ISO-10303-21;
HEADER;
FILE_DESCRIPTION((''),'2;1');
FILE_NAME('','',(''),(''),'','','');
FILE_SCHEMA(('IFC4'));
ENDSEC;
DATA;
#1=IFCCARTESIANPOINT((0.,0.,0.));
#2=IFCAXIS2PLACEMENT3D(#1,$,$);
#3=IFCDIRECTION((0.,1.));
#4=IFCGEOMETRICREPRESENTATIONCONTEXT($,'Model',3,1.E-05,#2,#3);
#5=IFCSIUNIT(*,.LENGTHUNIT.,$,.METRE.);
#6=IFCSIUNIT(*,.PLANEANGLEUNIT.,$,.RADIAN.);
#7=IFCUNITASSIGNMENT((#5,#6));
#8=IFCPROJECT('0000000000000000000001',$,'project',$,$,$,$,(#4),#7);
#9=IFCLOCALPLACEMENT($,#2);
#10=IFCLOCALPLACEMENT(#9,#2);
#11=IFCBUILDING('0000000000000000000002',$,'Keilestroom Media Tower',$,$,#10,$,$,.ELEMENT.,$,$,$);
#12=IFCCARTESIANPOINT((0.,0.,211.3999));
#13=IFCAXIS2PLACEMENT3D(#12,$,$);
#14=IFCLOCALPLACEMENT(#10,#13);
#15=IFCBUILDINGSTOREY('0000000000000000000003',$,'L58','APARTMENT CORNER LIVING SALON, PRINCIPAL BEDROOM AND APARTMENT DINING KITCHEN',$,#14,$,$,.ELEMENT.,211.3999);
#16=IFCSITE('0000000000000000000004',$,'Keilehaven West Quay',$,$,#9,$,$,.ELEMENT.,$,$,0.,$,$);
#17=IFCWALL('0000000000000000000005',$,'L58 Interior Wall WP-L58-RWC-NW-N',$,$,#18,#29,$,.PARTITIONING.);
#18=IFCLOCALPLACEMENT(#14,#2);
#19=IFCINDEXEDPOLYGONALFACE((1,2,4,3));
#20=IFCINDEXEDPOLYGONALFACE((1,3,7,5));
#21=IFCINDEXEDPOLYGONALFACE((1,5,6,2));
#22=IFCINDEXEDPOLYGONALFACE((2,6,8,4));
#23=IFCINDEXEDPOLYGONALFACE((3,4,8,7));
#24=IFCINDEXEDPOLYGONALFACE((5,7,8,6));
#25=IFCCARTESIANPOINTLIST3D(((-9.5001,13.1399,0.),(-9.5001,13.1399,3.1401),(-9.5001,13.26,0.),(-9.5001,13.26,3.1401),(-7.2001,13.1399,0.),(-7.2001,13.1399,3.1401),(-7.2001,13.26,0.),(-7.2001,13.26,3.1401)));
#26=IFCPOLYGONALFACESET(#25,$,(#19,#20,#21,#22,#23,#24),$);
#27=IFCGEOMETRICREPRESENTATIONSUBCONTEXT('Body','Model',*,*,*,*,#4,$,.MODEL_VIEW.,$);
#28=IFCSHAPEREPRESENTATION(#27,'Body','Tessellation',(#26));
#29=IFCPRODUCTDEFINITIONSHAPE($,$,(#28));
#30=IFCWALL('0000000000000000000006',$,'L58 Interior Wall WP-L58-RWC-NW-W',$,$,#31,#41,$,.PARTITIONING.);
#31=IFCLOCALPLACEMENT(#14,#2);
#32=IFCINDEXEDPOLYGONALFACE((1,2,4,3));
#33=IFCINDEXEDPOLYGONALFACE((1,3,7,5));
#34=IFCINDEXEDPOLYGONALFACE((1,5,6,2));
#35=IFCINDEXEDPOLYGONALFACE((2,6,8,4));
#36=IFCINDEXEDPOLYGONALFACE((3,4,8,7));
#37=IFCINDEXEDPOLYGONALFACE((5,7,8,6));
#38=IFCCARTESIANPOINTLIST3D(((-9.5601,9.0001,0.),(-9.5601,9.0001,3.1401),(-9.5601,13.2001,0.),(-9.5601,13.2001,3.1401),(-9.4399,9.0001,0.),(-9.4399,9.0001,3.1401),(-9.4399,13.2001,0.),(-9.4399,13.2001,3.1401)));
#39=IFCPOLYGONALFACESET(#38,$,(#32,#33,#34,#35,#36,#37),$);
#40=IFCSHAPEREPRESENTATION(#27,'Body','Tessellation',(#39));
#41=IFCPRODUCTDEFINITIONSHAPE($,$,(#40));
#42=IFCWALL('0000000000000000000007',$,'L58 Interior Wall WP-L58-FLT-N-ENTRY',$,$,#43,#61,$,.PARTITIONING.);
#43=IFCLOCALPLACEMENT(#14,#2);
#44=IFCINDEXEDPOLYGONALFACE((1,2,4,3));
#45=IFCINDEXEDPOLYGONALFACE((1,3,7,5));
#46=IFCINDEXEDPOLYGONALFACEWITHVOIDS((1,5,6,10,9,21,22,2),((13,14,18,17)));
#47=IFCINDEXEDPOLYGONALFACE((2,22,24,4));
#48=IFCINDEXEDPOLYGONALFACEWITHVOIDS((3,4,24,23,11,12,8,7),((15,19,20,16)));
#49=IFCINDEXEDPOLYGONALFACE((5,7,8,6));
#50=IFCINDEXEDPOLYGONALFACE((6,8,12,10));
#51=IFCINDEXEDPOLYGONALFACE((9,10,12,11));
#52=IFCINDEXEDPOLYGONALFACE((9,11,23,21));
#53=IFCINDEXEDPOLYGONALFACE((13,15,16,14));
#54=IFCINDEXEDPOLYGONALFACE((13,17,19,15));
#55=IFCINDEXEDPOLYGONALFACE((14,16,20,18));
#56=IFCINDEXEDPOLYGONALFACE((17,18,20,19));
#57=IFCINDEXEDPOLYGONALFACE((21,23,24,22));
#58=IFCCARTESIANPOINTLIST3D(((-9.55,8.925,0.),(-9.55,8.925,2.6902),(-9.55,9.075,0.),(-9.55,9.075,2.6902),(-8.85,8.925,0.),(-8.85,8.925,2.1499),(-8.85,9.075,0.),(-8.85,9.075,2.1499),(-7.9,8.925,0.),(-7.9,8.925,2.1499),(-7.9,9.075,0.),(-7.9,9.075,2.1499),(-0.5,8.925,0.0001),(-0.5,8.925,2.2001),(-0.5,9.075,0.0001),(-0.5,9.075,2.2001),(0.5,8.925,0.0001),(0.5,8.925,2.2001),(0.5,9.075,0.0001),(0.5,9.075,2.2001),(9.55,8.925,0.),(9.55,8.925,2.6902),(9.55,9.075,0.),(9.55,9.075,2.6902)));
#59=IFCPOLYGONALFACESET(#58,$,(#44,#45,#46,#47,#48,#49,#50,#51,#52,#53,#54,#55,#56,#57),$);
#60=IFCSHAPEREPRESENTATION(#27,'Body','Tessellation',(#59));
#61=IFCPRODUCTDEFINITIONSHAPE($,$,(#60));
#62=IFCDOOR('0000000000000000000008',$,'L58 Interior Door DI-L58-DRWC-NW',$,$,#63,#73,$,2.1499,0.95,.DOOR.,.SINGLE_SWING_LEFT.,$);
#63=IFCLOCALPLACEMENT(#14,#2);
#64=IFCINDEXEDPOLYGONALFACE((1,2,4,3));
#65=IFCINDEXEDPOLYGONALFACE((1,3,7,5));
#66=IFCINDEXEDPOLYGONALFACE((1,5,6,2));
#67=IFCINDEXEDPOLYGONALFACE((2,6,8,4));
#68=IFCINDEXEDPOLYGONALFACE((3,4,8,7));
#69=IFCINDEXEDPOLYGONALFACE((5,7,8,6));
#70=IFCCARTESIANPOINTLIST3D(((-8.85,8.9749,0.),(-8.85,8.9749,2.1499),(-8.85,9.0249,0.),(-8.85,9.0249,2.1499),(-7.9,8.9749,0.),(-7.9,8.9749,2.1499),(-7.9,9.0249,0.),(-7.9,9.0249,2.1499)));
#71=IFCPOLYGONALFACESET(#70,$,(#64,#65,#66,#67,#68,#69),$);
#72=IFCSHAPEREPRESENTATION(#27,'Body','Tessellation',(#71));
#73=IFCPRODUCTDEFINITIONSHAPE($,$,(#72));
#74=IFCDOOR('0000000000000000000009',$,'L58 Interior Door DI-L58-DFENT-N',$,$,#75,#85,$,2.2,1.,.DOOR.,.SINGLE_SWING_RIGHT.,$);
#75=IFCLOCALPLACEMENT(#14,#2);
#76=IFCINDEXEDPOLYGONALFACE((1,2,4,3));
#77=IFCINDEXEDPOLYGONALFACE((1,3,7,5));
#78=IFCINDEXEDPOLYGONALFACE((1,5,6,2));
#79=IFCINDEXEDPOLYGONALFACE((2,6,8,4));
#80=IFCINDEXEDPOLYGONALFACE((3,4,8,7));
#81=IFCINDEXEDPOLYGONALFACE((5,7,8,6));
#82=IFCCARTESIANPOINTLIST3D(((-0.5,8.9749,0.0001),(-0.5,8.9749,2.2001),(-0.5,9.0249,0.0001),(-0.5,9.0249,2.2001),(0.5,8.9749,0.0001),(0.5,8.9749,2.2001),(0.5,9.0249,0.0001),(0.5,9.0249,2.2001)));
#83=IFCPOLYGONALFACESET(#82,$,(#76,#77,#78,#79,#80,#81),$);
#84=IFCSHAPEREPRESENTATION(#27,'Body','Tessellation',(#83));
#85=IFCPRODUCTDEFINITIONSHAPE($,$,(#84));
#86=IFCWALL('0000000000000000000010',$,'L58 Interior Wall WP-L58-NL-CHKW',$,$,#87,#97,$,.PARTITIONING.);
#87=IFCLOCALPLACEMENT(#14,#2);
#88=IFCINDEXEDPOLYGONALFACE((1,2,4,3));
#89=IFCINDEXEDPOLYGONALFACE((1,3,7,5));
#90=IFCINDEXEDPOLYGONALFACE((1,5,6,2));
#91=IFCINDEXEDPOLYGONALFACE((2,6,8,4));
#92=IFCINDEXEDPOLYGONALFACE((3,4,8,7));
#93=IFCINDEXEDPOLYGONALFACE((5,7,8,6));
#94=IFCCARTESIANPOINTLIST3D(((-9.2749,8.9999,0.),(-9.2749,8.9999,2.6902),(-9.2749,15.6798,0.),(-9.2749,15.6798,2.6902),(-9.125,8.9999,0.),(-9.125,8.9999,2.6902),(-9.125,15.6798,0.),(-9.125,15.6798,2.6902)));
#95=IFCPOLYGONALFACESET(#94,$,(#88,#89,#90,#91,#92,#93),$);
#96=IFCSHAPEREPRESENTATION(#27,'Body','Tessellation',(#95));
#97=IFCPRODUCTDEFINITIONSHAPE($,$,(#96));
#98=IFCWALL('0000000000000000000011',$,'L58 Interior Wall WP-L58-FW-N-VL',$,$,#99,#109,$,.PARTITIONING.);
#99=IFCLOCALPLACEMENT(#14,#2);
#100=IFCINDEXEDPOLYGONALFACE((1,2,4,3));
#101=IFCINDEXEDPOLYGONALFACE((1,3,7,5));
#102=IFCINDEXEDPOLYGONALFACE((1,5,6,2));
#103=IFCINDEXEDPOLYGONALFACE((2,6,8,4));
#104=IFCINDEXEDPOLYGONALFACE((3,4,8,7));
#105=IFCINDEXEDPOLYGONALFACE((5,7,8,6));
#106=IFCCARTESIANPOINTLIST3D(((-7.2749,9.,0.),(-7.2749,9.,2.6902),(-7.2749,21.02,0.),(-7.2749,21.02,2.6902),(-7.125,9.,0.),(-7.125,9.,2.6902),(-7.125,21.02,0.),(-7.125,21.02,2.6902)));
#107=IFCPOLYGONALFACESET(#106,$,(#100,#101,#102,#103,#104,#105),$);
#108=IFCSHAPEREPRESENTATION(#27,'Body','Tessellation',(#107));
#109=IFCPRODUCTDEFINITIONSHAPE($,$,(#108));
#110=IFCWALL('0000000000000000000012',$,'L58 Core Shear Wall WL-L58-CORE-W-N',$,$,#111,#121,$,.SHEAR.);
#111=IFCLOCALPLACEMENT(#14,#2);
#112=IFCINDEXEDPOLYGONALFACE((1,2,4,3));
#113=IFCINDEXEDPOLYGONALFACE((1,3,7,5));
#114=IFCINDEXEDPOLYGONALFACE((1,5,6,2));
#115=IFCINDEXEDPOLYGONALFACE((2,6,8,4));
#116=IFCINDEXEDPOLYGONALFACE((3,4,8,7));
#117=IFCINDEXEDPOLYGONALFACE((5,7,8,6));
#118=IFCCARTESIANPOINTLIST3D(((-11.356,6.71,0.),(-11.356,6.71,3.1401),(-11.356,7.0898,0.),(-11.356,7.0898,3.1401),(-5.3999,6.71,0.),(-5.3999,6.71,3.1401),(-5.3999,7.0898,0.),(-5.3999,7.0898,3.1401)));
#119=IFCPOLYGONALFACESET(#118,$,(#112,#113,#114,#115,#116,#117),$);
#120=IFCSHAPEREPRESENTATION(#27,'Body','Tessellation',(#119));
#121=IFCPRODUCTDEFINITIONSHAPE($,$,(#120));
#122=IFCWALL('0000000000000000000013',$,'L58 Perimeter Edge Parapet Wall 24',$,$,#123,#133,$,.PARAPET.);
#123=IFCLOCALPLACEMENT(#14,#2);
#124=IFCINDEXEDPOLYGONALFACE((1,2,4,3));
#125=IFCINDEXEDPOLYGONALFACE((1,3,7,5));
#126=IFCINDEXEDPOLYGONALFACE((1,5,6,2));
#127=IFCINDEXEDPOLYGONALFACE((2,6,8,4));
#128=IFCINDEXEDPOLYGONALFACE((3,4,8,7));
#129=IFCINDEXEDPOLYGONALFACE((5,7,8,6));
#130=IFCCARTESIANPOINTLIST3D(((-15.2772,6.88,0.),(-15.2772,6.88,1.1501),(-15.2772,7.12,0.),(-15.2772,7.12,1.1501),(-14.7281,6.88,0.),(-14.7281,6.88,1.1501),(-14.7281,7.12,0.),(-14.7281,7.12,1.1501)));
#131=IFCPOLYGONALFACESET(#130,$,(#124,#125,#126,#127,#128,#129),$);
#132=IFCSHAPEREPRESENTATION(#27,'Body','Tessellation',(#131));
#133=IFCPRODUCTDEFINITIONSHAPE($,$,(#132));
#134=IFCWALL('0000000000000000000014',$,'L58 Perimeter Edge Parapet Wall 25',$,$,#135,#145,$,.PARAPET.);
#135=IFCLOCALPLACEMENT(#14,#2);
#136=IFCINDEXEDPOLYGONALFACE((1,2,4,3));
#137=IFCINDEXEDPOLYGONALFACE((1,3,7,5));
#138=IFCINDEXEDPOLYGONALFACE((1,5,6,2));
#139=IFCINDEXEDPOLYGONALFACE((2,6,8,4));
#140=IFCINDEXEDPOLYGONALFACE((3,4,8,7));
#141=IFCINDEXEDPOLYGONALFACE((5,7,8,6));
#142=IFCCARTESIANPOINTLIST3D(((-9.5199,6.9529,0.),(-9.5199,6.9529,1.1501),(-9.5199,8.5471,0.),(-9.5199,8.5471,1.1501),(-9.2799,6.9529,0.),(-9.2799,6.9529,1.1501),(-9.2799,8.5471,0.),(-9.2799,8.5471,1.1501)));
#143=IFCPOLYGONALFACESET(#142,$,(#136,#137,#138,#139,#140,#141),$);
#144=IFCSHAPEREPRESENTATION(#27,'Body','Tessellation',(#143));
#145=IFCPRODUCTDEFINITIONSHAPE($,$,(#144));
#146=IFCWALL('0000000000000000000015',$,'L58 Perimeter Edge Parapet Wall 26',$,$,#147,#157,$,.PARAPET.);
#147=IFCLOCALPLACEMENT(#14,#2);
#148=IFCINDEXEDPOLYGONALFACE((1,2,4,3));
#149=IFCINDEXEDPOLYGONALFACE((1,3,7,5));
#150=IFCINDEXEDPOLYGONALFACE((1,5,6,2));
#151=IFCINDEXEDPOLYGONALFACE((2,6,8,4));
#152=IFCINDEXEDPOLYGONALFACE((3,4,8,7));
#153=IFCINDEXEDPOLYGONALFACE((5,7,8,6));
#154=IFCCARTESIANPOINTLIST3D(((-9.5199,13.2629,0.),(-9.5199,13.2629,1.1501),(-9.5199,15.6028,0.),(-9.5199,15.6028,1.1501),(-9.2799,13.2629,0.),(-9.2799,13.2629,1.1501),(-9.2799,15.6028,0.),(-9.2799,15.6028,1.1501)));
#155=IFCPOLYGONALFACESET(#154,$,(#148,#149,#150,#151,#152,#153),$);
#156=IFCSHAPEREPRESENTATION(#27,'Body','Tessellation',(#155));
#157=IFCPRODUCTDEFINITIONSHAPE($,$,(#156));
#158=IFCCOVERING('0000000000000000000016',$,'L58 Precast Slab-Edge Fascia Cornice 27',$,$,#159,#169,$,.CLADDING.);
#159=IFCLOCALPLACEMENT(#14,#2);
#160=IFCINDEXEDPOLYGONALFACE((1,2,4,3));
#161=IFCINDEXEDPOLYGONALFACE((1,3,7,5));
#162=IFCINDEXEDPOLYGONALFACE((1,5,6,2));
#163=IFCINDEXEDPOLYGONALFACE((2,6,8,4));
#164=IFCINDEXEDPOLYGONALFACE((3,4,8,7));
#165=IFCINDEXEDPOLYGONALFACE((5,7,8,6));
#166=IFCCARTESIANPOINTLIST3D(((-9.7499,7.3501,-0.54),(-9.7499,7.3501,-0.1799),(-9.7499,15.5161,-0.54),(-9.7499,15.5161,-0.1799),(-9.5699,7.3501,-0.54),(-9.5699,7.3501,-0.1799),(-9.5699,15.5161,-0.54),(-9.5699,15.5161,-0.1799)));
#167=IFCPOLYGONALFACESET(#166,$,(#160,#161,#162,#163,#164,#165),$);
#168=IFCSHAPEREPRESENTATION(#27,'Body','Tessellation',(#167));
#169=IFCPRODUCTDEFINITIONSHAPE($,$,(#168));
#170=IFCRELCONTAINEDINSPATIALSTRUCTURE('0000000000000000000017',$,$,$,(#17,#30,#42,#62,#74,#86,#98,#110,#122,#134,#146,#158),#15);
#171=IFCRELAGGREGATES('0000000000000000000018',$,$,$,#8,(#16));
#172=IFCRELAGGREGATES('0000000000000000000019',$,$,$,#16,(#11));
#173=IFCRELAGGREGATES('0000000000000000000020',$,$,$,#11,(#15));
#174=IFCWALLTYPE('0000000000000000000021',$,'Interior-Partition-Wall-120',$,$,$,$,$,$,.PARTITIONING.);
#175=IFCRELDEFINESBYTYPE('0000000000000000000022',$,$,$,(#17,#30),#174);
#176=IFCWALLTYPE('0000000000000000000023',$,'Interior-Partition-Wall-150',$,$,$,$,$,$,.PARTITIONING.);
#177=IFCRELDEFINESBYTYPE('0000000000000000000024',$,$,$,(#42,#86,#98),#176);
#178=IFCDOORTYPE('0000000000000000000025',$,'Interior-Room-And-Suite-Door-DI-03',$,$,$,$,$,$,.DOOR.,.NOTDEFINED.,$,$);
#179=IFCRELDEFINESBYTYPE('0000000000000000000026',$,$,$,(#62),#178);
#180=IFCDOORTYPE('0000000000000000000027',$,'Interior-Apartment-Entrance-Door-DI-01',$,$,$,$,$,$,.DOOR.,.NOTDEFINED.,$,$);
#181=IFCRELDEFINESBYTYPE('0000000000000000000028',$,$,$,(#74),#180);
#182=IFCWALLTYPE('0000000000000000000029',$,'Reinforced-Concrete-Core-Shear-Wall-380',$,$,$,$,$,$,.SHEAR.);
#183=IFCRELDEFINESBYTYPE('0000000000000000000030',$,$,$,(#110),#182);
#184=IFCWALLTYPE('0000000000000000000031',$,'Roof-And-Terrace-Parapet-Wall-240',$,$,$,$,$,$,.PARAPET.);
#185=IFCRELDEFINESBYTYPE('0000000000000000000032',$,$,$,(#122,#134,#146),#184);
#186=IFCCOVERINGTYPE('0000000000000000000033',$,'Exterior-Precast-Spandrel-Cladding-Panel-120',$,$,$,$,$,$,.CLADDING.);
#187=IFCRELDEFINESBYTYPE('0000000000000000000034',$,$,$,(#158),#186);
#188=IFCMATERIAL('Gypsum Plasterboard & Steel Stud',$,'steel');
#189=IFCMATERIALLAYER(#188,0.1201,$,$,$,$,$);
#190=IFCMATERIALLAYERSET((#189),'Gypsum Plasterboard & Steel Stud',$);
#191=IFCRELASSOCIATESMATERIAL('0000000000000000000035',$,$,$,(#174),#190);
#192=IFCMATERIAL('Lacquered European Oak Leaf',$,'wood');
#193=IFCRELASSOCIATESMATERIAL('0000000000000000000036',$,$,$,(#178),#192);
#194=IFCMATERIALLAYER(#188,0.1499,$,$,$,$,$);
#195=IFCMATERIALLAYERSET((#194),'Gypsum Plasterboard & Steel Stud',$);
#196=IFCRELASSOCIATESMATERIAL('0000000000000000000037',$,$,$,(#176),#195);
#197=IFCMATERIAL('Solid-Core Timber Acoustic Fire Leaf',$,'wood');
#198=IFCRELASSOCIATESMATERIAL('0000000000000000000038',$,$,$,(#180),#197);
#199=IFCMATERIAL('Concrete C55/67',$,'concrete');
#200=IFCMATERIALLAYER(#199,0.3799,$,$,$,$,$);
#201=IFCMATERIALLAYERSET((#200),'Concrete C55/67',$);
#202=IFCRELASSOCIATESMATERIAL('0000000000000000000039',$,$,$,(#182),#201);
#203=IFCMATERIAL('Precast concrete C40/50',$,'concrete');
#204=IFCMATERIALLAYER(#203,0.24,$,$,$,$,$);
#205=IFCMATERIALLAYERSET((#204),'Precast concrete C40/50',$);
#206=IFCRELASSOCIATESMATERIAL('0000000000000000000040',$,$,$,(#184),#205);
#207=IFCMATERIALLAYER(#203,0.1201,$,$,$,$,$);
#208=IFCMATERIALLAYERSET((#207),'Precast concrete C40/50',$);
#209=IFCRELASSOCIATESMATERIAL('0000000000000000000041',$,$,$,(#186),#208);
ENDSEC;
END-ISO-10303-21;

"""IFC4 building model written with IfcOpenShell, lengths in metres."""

from ifc_helpers import new_model, si_unit, direction, frame, frame_2d, origin, origin_2d, place, context, subcontext, project, spatial, rectangle, extrude, source, transform, mapped, material, layer, layer_set, type_object, element, fill, save


model = new_model("IFC4")

# Units and contexts
model_context = context("Model", 3, precision=1e-05, world=origin(), true_north=direction((0.0, 1.0)))
body_context = subcontext(model_context, "Body", "Model", "MODEL_VIEW")
ifc_project = project(units=[si_unit("LENGTHUNIT", "METRE"), si_unit("PLANEANGLEUNIT", "RADIAN")], contexts=[model_context])

# Site, building, storey
site_placement = place(None, origin())
site = spatial("IfcSite", under=ifc_project, at=site_placement, Name="Keilehaven West Quay", CompositionType="ELEMENT", RefElevation=0.0)
building_placement = place(site_placement, origin())
building = spatial("IfcBuilding", under=site, at=building_placement, Name="Keilestroom Media Tower", CompositionType="ELEMENT")
storey_placement = place(building_placement, frame((0.0, 0.0, 211.3999)))
storey = spatial("IfcBuildingStorey", under=building, at=storey_placement, Name="L58", Description="APARTMENT CORNER LIVING SALON, PRINCIPAL BEDROOM AND APARTMENT DINING KITCHEN", CompositionType="ELEMENT", Elevation=211.3999)

# Shared definitions
ifc_material_1 = material(Name="Precast concrete C40/50", Category="concrete")
ifc_material_2 = material(Name="Concrete C55/67", Category="concrete")

# Shared definitions
ifc_material_3 = material(Name="Gypsum Plasterboard & Steel Stud", Category="steel")
ifc_layer_1 = layer(ifc_material_3, 0.1201)
ifc_layer_set_1 = layer_set([ifc_layer_1], Name="Gypsum Plasterboard & Steel Stud")
wall_type_1 = type_object("IfcWallType", Name="Interior-Partition-Wall-120", PredefinedType="PARTITIONING", material=ifc_layer_set_1)
ifc_material_4 = material(Name="Lacquered European Oak Leaf", Category="wood")
door_type_1 = type_object("IfcDoorType", Name="Interior-Room-And-Suite-Door-DI-03", OperationType="NOTDEFINED", PredefinedType="DOOR", material=ifc_material_4)
shared_shape_1 = source(origin(), body_context, "Body", "SweptSolid", [
    extrude(rectangle(XDim=0.95, YDim=2.1499, at=frame_2d((0.4751, 1.075))), frame((0.0, 0.0249, 0.0), z_axis=(0.0, -1.0, 0.0), x_axis=(1.0, 0.0, 0.0)), (0.0, 0.0, 1.0), 0.05),
])

# Walls
wall_1_placement = place(storey_placement, frame((-9.5, 13.2, 0.0), z_axis=(0.0, 0.0, 1.0), x_axis=(1.0, 0.0, 0.0)))
element("IfcWall", 1, at=wall_1_placement, inside=storey, type_object=wall_type_1, Name="L58 Interior Wall WP-L58-RWC-NW-N", PredefinedType="PARTITIONING", context=body_context, shape_type="SweptSolid", body=[
    extrude(rectangle(XDim=2.3, YDim=0.1201, at=frame_2d((1.1499, 0.0))), origin(), (0.0, 0.0, 1.0), 3.1401),
])
wall_2_placement = place(storey_placement, frame((-9.5, 9.0, 0.0), z_axis=(0.0, 0.0, 1.0), x_axis=(0.0, 1.0, 0.0)))
element("IfcWall", 2, at=wall_2_placement, inside=storey, type_object=wall_type_1, Name="L58 Interior Wall WP-L58-RWC-NW-W", PredefinedType="PARTITIONING", context=body_context, shape_type="SweptSolid", body=[
    extrude(rectangle(XDim=4.2, YDim=0.1201, at=frame_2d((2.1001, 0.0))), origin(), (0.0, 0.0, 1.0), 3.1401),
])

# Wall, openings, doors
ifc_layer_2 = layer(ifc_material_3, 0.1499)
ifc_layer_set_2 = layer_set([ifc_layer_2], Name="Gypsum Plasterboard & Steel Stud")
wall_type_2 = type_object("IfcWallType", Name="Interior-Partition-Wall-150", PredefinedType="PARTITIONING", material=ifc_layer_set_2)
wall_3_placement = place(storey_placement, frame((-9.55, 9.0, 0.0), z_axis=(0.0, 0.0, 1.0), x_axis=(1.0, 0.0, 0.0)))
wall_3 = element("IfcWall", 3, at=wall_3_placement, inside=storey, type_object=wall_type_2, Name="L58 Interior Wall WP-L58-FLT-N-ENTRY", PredefinedType="PARTITIONING", context=body_context, shape_type="SweptSolid", body=[
    extrude(rectangle(XDim=19.1001, YDim=0.1499, at=frame_2d((9.55, 0.0))), origin(), (0.0, 0.0, 1.0), 2.6902),
])
opening_1_placement = place(wall_3_placement, frame((0.7, 0.0, 0.0)))
opening_1 = element("IfcOpeningElement", 4, at=opening_1_placement, cuts=wall_3, PredefinedType="OPENING", context=body_context, shape_type="SweptSolid", body=[
    extrude(rectangle(XDim=0.95, YDim=2.1499, at=frame_2d((0.4751, 1.075))), frame((0.0, 0.085, 0.0), z_axis=(0.0, -1.0, 0.0), x_axis=(1.0, 0.0, 0.0)), (0.0, 0.0, 1.0), 0.1699),
])
opening_2_placement = place(wall_3_placement, frame((9.05, 0.0, 0.0)))
opening_2 = element("IfcOpeningElement", 5, at=opening_2_placement, cuts=wall_3, PredefinedType="OPENING", context=body_context, shape_type="SweptSolid", body=[
    extrude(rectangle(XDim=1.0, YDim=2.2, at=frame_2d((0.5, 1.1001))), frame((0.0, 0.085, 0.0), z_axis=(0.0, -1.0, 0.0), x_axis=(1.0, 0.0, 0.0)), (0.0, 0.0, 1.0), 0.1699),
])
door_1_placement = place(opening_1_placement, origin())
door_1 = element("IfcDoor", 6, at=door_1_placement, inside=storey, type_object=door_type_1, Name="L58 Interior Door DI-L58-DRWC-NW", OperationType="SINGLE_SWING_LEFT", OverallHeight=2.1499, OverallWidth=0.95, PredefinedType="DOOR", context=body_context, shape_type="MappedRepresentation", body=[
    mapped(shared_shape_1, transform((0.0, 0.0, 0.0), x_axis=(1.0, 0.0, 0.0), y_axis=(0.0, 1.0, 0.0), z_axis=(0.0, 0.0, 1.0), scale=1.0)),
])
fill(opening_1, door_1)
ifc_material_5 = material(Name="Solid-Core Timber Acoustic Fire Leaf", Category="wood")
door_type_2 = type_object("IfcDoorType", Name="Interior-Apartment-Entrance-Door-DI-01", OperationType="NOTDEFINED", PredefinedType="DOOR", material=ifc_material_5)
shared_shape_2 = source(origin(), body_context, "Body", "SweptSolid", [
    extrude(rectangle(XDim=1.0, YDim=2.2, at=frame_2d((0.5, 1.1001))), frame((0.0, 0.0249, 0.0), z_axis=(0.0, -1.0, 0.0), x_axis=(1.0, 0.0, 0.0)), (0.0, 0.0, 1.0), 0.05),
])
door_2_placement = place(opening_2_placement, origin())
door_2 = element("IfcDoor", 7, at=door_2_placement, inside=storey, type_object=door_type_2, Name="L58 Interior Door DI-L58-DFENT-N", OperationType="SINGLE_SWING_RIGHT", OverallHeight=2.2, OverallWidth=1.0, PredefinedType="DOOR", context=body_context, shape_type="MappedRepresentation", body=[
    mapped(shared_shape_2, transform((0.0, 0.0, 0.0), x_axis=(1.0, 0.0, 0.0), y_axis=(0.0, 1.0, 0.0), z_axis=(0.0, 0.0, 1.0), scale=1.0)),
])
fill(opening_2, door_2)

# Walls
wall_4_placement = place(storey_placement, frame((-9.2, 9.0, 0.0), z_axis=(0.0, 0.0, 1.0), x_axis=(0.0, 1.0, 0.0)))
element("IfcWall", 8, at=wall_4_placement, inside=storey, type_object=wall_type_2, Name="L58 Interior Wall WP-L58-NL-CHKW", PredefinedType="PARTITIONING", context=body_context, shape_type="SweptSolid", body=[
    extrude(rectangle(XDim=6.6799, YDim=0.1499, at=frame_2d((3.3398, 0.0))), origin(), (0.0, 0.0, 1.0), 2.6902),
])
wall_5_placement = place(storey_placement, frame((-7.2, 9.0, 0.0), z_axis=(0.0, 0.0, 1.0), x_axis=(0.0, 1.0, 0.0)))
element("IfcWall", 9, at=wall_5_placement, inside=storey, type_object=wall_type_2, Name="L58 Interior Wall WP-L58-FW-N-VL", PredefinedType="PARTITIONING", context=body_context, shape_type="SweptSolid", body=[
    extrude(rectangle(XDim=12.02, YDim=0.1499, at=frame_2d((6.01, 0.0))), origin(), (0.0, 0.0, 1.0), 2.6902),
])
ifc_layer_3 = layer(ifc_material_2, 0.3799)
ifc_layer_set_3 = layer_set([ifc_layer_3], Name="Concrete C55/67")
wall_type_3 = type_object("IfcWallType", Name="Reinforced-Concrete-Core-Shear-Wall-380", PredefinedType="SHEAR", material=ifc_layer_set_3)
wall_6_placement = place(storey_placement, frame((-11.356, 6.8999, 0.0), z_axis=(0.0, 0.0, 1.0), x_axis=(1.0, 0.0, 0.0)))
element("IfcWall", 10, at=wall_6_placement, inside=storey, type_object=wall_type_3, Name="L58 Core Shear Wall WL-L58-CORE-W-N", PredefinedType="SHEAR", context=body_context, shape_type="SweptSolid", body=[
    extrude(rectangle(XDim=5.9561, YDim=0.3799, at=frame_2d((2.978, 0.0))), origin(), (0.0, 0.0, 1.0), 3.1401),
])
ifc_layer_4 = layer(ifc_material_1, 0.24)
ifc_layer_set_4 = layer_set([ifc_layer_4], Name="Precast concrete C40/50")
wall_type_4 = type_object("IfcWallType", Name="Roof-And-Terrace-Parapet-Wall-240", PredefinedType="PARAPET", material=ifc_layer_set_4)
wall_7_placement = place(storey_placement, frame((-15.2771, 7.0, 0.0), z_axis=(0.0, 0.0, 1.0), x_axis=(1.0, 0.0, 0.0)))
element("IfcWall", 11, at=wall_7_placement, inside=storey, type_object=wall_type_4, Name="L58 Perimeter Edge Parapet Wall 24", PredefinedType="PARAPET", context=body_context, shape_type="SweptSolid", body=[
    extrude(rectangle(XDim=0.5491, YDim=0.24, at=frame_2d((0.2744, 0.0))), origin(), (0.0, 0.0, 1.0), 1.1501),
])
wall_8_placement = place(storey_placement, frame((-9.3999, 6.9529, 0.0), z_axis=(0.0, 0.0, 1.0), x_axis=(0.0, 1.0, 0.0)))
element("IfcWall", 12, at=wall_8_placement, inside=storey, type_object=wall_type_4, Name="L58 Perimeter Edge Parapet Wall 25", PredefinedType="PARAPET", context=body_context, shape_type="SweptSolid", body=[
    extrude(rectangle(XDim=1.5942, YDim=0.24, at=frame_2d((0.7971, 0.0))), origin(), (0.0, 0.0, 1.0), 1.1501),
])
wall_9_placement = place(storey_placement, frame((-9.3999, 13.2629, 0.0), z_axis=(0.0, 0.0, 1.0), x_axis=(0.0, 1.0, 0.0)))
element("IfcWall", 13, at=wall_9_placement, inside=storey, type_object=wall_type_4, Name="L58 Perimeter Edge Parapet Wall 26", PredefinedType="PARAPET", context=body_context, shape_type="SweptSolid", body=[
    extrude(rectangle(XDim=2.3398, YDim=0.24, at=frame_2d((1.1699, 0.0))), origin(), (0.0, 0.0, 1.0), 1.1501),
])

# Covering
ifc_layer_5 = layer(ifc_material_1, 0.1201)
ifc_layer_set_5 = layer_set([ifc_layer_5], Name="Precast concrete C40/50")
covering_type = type_object("IfcCoveringType", Name="Exterior-Precast-Spandrel-Cladding-Panel-120", PredefinedType="CLADDING", material=ifc_layer_set_5)
shared_shape_3 = source(origin(), body_context, "Body", "SweptSolid", [
    extrude(rectangle(XDim=8.166, YDim=0.1799, at=origin_2d()), origin(), (0.0, 0.0, 1.0), 0.3601),
])
covering_1_placement = place(storey_placement, frame((-9.6599, 11.4331, -0.54), z_axis=(0.0, 0.0, 1.0), x_axis=(0.0, 1.0, 0.0)))
element("IfcCovering", 14, at=covering_1_placement, inside=storey, type_object=covering_type, Name="L58 Precast Slab-Edge Fascia Cornice 27", PredefinedType="CLADDING", context=body_context, shape_type="MappedRepresentation", body=[
    mapped(shared_shape_3, transform((0.0, 0.0, 0.0), x_axis=(1.0, 0.0, 0.0), y_axis=(0.0, 1.0, 0.0), z_axis=(0.0, 0.0, 1.0), scale=1.0)),
])

save(model, "model.ifc")
